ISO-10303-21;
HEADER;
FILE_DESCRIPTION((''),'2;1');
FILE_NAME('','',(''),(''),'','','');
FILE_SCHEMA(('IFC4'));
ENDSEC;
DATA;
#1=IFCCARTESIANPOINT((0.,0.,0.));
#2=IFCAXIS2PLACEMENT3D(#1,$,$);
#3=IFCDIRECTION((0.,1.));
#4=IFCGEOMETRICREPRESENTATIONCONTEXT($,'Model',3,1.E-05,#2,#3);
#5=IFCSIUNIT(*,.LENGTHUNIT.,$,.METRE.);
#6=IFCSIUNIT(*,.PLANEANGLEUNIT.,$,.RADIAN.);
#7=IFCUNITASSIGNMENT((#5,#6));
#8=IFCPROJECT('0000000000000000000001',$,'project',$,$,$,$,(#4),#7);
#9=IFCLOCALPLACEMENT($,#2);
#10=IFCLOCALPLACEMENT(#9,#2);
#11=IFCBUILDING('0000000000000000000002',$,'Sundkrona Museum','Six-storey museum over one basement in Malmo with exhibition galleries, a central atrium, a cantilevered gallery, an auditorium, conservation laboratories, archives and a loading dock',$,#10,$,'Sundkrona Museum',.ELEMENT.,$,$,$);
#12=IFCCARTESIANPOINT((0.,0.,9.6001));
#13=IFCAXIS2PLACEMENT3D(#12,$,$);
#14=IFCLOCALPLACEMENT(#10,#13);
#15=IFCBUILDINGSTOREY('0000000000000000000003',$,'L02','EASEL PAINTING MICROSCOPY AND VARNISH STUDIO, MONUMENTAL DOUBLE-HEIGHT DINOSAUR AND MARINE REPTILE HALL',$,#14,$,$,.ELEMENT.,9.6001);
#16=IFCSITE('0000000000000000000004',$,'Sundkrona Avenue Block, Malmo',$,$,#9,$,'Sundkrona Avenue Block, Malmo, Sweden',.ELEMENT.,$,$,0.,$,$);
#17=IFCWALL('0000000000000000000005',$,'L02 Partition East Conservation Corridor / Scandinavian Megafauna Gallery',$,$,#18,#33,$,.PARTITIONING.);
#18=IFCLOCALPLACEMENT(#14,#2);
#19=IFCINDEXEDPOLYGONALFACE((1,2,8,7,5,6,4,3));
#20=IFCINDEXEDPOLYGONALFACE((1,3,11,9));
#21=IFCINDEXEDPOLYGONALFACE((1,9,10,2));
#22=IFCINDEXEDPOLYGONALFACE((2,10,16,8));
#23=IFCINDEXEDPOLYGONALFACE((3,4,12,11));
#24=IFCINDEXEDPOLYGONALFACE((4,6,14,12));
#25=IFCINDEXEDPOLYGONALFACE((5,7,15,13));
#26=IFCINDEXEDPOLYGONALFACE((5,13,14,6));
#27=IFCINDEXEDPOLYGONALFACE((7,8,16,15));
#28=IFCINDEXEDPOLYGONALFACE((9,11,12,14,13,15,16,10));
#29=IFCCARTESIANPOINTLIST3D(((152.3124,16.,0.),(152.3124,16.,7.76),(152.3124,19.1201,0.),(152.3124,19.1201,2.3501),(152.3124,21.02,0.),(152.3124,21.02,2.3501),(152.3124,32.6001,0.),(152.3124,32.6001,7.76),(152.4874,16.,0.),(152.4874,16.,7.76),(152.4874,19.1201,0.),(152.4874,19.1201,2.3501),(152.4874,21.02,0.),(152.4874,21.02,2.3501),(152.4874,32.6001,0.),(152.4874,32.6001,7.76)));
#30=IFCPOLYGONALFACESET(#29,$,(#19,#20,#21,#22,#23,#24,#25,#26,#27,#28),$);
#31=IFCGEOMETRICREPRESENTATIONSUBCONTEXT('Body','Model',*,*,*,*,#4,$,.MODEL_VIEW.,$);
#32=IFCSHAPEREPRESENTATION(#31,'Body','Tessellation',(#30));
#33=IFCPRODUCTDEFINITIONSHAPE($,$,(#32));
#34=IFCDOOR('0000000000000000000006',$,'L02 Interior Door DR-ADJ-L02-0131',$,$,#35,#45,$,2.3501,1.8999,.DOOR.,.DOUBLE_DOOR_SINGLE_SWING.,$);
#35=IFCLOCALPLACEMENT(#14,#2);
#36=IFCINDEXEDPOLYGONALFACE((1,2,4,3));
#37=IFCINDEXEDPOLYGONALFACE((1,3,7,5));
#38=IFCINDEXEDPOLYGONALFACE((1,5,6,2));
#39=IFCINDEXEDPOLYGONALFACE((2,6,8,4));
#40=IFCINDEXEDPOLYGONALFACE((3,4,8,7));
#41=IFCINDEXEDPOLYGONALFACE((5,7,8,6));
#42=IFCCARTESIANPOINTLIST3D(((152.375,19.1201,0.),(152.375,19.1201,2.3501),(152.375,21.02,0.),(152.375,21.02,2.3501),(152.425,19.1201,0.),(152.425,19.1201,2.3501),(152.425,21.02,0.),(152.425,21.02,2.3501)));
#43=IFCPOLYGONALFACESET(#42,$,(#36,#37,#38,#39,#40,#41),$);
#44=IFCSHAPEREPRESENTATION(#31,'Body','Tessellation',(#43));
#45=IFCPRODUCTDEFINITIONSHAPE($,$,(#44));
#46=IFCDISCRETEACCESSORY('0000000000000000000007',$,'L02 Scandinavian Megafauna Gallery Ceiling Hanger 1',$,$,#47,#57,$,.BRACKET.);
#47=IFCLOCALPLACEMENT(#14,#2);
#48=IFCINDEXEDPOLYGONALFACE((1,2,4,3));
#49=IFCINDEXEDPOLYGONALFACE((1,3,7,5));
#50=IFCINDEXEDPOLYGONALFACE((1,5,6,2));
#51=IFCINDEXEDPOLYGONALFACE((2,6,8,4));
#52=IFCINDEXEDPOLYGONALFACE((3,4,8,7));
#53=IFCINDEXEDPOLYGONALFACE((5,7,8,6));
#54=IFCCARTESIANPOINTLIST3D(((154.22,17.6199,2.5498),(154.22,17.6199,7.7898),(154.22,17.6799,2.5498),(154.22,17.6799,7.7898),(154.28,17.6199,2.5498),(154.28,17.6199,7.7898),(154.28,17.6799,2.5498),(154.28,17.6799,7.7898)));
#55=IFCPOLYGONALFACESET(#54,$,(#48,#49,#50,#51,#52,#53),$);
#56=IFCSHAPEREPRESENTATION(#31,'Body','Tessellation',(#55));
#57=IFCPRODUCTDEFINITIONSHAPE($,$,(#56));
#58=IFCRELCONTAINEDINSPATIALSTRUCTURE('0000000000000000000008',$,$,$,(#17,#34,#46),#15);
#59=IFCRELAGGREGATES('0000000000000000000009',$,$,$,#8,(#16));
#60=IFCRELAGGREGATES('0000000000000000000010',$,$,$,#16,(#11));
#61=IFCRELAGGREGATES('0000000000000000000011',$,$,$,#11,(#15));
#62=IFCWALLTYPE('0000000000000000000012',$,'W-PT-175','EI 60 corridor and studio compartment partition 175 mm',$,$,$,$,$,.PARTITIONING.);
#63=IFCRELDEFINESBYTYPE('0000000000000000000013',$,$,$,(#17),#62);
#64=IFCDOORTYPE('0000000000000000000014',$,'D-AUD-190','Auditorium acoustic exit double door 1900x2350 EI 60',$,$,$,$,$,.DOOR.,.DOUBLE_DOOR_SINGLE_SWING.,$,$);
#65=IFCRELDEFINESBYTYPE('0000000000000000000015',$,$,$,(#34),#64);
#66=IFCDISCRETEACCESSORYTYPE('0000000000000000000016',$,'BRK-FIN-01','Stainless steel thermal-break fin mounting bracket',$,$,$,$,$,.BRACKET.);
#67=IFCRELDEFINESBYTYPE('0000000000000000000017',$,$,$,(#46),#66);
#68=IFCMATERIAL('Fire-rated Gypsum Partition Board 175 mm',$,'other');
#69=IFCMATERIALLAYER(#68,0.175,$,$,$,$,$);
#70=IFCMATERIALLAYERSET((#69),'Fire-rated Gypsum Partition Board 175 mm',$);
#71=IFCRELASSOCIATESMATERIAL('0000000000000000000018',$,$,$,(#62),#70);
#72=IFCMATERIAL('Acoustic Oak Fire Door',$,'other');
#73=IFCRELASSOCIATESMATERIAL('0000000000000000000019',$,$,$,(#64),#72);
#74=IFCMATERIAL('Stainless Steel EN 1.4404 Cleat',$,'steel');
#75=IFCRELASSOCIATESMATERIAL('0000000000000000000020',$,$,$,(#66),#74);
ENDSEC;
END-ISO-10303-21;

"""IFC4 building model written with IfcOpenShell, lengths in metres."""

from ifc_helpers import new_model, si_unit, direction, frame, frame_2d, origin, origin_2d, place, context, subcontext, project, spatial, rectangle, extrude, material, layer, layer_set, type_object, element, fill, save


model = new_model("IFC4")

# Units and contexts
model_context = context("Model", 3, precision=1e-05, world=origin(), true_north=direction((0.0, 1.0)))
body_context = subcontext(model_context, "Body", "Model", "MODEL_VIEW")
ifc_project = project(units=[si_unit("LENGTHUNIT", "METRE"), si_unit("PLANEANGLEUNIT", "RADIAN")], contexts=[model_context])

# Site, building, storey
site_placement = place(None, origin())
site = spatial("IfcSite", under=ifc_project, at=site_placement, Name="Sundkrona Avenue Block, Malmo", LongName="Sundkrona Avenue Block, Malmo, Sweden", CompositionType="ELEMENT", RefElevation=0.0)
building_placement = place(site_placement, origin())
building = spatial("IfcBuilding", under=site, at=building_placement, Name="Sundkrona Museum", Description="Six-storey museum over one basement in Malmo with exhibition galleries, a central atrium, a cantilevered gallery, an auditorium, conservation laboratories, archives and a loading dock", LongName="Sundkrona Museum", CompositionType="ELEMENT")
storey_placement = place(building_placement, frame((0.0, 0.0, 9.6001)))
storey = spatial("IfcBuildingStorey", under=building, at=storey_placement, Name="L02", Description="EASEL PAINTING MICROSCOPY AND VARNISH STUDIO, MONUMENTAL DOUBLE-HEIGHT DINOSAUR AND MARINE REPTILE HALL", CompositionType="ELEMENT", Elevation=9.6001)

# Shared definitions
ifc_material_1 = material(Name="Fire-rated Gypsum Partition Board 175 mm", Category="other")
ifc_layer_1 = layer(ifc_material_1, 0.175)
ifc_layer_set_1 = layer_set([ifc_layer_1], Name="Fire-rated Gypsum Partition Board 175 mm")
wall_type_1 = type_object("IfcWallType", Name="W-PT-175", Description="EI 60 corridor and studio compartment partition 175 mm", PredefinedType="PARTITIONING", material=ifc_layer_set_1)

# Wall, opening, door
wall_1_placement = place(storey_placement, frame((152.3999, 16.0, 0.0), z_axis=(0.0, 0.0, 1.0), x_axis=(0.0, 1.0, 0.0)))
wall_1 = element("IfcWall", 1, at=wall_1_placement, inside=storey, type_object=wall_type_1, Name="L02 Partition East Conservation Corridor / Scandinavian Megafauna Gallery", PredefinedType="PARTITIONING", context=body_context, shape_type="SweptSolid", body=[
    extrude(rectangle(XDim=16.6001, YDim=0.175, at=frame_2d((8.3, 0.0))), origin(), (0.0, 0.0, 1.0), 7.76),
])
opening_1_placement = place(wall_1_placement, frame((3.1201, 0.0, 0.0)))
opening_1 = element("IfcOpeningElement", 2, at=opening_1_placement, cuts=wall_1, PredefinedType="OPENING", context=body_context, shape_type="SweptSolid", body=[
    extrude(rectangle(XDim=1.8999, YDim=2.3501, at=frame_2d((0.95, 1.175))), frame((0.0, 0.0974, 0.0), z_axis=(0.0, -1.0, 0.0), x_axis=(1.0, 0.0, 0.0)), (0.0, 0.0, 1.0), 0.1951),
])
ifc_material_2 = material(Name="Acoustic Oak Fire Door", Category="other")
door_type_1 = type_object("IfcDoorType", Name="D-AUD-190", Description="Auditorium acoustic exit double door 1900x2350 EI 60", OperationType="DOUBLE_DOOR_SINGLE_SWING", PredefinedType="DOOR", material=ifc_material_2)
door_1_placement = place(opening_1_placement, origin())
door_1 = element("IfcDoor", 3, at=door_1_placement, inside=storey, type_object=door_type_1, Name="L02 Interior Door DR-ADJ-L02-0131", OperationType="DOUBLE_DOOR_SINGLE_SWING", OverallHeight=2.3501, OverallWidth=1.8999, PredefinedType="DOOR", context=body_context, shape_type="SweptSolid", body=[
    extrude(rectangle(XDim=1.8999, YDim=2.3501, at=frame_2d((0.95, 1.175))), frame((0.0, 0.0249, 0.0), z_axis=(0.0, -1.0, 0.0), x_axis=(1.0, 0.0, 0.0)), (0.0, 0.0, 1.0), 0.05),
])
fill(opening_1, door_1)

# Discrete accessory
ifc_material_3 = material(Name="Stainless Steel EN 1.4404 Cleat", Category="steel")
discrete_accessory_type = type_object("IfcDiscreteAccessoryType", Name="BRK-FIN-01", Description="Stainless steel thermal-break fin mounting bracket", PredefinedType="BRACKET", material=ifc_material_3)
discrete_accessory_placement = place(storey_placement, frame((154.25, 17.6499, 2.5498), z_axis=(0.0, 0.0, 1.0), x_axis=(1.0, 0.0, 0.0)))
element("IfcDiscreteAccessory", 4, at=discrete_accessory_placement, inside=storey, type_object=discrete_accessory_type, Name="L02 Scandinavian Megafauna Gallery Ceiling Hanger 1", PredefinedType="BRACKET", context=body_context, shape_type="SweptSolid", body=[
    extrude(rectangle(XDim=0.0601, YDim=0.0601, at=origin_2d()), origin(), (0.0, 0.0, 1.0), 5.24),
])

save(model, "model.ifc")
